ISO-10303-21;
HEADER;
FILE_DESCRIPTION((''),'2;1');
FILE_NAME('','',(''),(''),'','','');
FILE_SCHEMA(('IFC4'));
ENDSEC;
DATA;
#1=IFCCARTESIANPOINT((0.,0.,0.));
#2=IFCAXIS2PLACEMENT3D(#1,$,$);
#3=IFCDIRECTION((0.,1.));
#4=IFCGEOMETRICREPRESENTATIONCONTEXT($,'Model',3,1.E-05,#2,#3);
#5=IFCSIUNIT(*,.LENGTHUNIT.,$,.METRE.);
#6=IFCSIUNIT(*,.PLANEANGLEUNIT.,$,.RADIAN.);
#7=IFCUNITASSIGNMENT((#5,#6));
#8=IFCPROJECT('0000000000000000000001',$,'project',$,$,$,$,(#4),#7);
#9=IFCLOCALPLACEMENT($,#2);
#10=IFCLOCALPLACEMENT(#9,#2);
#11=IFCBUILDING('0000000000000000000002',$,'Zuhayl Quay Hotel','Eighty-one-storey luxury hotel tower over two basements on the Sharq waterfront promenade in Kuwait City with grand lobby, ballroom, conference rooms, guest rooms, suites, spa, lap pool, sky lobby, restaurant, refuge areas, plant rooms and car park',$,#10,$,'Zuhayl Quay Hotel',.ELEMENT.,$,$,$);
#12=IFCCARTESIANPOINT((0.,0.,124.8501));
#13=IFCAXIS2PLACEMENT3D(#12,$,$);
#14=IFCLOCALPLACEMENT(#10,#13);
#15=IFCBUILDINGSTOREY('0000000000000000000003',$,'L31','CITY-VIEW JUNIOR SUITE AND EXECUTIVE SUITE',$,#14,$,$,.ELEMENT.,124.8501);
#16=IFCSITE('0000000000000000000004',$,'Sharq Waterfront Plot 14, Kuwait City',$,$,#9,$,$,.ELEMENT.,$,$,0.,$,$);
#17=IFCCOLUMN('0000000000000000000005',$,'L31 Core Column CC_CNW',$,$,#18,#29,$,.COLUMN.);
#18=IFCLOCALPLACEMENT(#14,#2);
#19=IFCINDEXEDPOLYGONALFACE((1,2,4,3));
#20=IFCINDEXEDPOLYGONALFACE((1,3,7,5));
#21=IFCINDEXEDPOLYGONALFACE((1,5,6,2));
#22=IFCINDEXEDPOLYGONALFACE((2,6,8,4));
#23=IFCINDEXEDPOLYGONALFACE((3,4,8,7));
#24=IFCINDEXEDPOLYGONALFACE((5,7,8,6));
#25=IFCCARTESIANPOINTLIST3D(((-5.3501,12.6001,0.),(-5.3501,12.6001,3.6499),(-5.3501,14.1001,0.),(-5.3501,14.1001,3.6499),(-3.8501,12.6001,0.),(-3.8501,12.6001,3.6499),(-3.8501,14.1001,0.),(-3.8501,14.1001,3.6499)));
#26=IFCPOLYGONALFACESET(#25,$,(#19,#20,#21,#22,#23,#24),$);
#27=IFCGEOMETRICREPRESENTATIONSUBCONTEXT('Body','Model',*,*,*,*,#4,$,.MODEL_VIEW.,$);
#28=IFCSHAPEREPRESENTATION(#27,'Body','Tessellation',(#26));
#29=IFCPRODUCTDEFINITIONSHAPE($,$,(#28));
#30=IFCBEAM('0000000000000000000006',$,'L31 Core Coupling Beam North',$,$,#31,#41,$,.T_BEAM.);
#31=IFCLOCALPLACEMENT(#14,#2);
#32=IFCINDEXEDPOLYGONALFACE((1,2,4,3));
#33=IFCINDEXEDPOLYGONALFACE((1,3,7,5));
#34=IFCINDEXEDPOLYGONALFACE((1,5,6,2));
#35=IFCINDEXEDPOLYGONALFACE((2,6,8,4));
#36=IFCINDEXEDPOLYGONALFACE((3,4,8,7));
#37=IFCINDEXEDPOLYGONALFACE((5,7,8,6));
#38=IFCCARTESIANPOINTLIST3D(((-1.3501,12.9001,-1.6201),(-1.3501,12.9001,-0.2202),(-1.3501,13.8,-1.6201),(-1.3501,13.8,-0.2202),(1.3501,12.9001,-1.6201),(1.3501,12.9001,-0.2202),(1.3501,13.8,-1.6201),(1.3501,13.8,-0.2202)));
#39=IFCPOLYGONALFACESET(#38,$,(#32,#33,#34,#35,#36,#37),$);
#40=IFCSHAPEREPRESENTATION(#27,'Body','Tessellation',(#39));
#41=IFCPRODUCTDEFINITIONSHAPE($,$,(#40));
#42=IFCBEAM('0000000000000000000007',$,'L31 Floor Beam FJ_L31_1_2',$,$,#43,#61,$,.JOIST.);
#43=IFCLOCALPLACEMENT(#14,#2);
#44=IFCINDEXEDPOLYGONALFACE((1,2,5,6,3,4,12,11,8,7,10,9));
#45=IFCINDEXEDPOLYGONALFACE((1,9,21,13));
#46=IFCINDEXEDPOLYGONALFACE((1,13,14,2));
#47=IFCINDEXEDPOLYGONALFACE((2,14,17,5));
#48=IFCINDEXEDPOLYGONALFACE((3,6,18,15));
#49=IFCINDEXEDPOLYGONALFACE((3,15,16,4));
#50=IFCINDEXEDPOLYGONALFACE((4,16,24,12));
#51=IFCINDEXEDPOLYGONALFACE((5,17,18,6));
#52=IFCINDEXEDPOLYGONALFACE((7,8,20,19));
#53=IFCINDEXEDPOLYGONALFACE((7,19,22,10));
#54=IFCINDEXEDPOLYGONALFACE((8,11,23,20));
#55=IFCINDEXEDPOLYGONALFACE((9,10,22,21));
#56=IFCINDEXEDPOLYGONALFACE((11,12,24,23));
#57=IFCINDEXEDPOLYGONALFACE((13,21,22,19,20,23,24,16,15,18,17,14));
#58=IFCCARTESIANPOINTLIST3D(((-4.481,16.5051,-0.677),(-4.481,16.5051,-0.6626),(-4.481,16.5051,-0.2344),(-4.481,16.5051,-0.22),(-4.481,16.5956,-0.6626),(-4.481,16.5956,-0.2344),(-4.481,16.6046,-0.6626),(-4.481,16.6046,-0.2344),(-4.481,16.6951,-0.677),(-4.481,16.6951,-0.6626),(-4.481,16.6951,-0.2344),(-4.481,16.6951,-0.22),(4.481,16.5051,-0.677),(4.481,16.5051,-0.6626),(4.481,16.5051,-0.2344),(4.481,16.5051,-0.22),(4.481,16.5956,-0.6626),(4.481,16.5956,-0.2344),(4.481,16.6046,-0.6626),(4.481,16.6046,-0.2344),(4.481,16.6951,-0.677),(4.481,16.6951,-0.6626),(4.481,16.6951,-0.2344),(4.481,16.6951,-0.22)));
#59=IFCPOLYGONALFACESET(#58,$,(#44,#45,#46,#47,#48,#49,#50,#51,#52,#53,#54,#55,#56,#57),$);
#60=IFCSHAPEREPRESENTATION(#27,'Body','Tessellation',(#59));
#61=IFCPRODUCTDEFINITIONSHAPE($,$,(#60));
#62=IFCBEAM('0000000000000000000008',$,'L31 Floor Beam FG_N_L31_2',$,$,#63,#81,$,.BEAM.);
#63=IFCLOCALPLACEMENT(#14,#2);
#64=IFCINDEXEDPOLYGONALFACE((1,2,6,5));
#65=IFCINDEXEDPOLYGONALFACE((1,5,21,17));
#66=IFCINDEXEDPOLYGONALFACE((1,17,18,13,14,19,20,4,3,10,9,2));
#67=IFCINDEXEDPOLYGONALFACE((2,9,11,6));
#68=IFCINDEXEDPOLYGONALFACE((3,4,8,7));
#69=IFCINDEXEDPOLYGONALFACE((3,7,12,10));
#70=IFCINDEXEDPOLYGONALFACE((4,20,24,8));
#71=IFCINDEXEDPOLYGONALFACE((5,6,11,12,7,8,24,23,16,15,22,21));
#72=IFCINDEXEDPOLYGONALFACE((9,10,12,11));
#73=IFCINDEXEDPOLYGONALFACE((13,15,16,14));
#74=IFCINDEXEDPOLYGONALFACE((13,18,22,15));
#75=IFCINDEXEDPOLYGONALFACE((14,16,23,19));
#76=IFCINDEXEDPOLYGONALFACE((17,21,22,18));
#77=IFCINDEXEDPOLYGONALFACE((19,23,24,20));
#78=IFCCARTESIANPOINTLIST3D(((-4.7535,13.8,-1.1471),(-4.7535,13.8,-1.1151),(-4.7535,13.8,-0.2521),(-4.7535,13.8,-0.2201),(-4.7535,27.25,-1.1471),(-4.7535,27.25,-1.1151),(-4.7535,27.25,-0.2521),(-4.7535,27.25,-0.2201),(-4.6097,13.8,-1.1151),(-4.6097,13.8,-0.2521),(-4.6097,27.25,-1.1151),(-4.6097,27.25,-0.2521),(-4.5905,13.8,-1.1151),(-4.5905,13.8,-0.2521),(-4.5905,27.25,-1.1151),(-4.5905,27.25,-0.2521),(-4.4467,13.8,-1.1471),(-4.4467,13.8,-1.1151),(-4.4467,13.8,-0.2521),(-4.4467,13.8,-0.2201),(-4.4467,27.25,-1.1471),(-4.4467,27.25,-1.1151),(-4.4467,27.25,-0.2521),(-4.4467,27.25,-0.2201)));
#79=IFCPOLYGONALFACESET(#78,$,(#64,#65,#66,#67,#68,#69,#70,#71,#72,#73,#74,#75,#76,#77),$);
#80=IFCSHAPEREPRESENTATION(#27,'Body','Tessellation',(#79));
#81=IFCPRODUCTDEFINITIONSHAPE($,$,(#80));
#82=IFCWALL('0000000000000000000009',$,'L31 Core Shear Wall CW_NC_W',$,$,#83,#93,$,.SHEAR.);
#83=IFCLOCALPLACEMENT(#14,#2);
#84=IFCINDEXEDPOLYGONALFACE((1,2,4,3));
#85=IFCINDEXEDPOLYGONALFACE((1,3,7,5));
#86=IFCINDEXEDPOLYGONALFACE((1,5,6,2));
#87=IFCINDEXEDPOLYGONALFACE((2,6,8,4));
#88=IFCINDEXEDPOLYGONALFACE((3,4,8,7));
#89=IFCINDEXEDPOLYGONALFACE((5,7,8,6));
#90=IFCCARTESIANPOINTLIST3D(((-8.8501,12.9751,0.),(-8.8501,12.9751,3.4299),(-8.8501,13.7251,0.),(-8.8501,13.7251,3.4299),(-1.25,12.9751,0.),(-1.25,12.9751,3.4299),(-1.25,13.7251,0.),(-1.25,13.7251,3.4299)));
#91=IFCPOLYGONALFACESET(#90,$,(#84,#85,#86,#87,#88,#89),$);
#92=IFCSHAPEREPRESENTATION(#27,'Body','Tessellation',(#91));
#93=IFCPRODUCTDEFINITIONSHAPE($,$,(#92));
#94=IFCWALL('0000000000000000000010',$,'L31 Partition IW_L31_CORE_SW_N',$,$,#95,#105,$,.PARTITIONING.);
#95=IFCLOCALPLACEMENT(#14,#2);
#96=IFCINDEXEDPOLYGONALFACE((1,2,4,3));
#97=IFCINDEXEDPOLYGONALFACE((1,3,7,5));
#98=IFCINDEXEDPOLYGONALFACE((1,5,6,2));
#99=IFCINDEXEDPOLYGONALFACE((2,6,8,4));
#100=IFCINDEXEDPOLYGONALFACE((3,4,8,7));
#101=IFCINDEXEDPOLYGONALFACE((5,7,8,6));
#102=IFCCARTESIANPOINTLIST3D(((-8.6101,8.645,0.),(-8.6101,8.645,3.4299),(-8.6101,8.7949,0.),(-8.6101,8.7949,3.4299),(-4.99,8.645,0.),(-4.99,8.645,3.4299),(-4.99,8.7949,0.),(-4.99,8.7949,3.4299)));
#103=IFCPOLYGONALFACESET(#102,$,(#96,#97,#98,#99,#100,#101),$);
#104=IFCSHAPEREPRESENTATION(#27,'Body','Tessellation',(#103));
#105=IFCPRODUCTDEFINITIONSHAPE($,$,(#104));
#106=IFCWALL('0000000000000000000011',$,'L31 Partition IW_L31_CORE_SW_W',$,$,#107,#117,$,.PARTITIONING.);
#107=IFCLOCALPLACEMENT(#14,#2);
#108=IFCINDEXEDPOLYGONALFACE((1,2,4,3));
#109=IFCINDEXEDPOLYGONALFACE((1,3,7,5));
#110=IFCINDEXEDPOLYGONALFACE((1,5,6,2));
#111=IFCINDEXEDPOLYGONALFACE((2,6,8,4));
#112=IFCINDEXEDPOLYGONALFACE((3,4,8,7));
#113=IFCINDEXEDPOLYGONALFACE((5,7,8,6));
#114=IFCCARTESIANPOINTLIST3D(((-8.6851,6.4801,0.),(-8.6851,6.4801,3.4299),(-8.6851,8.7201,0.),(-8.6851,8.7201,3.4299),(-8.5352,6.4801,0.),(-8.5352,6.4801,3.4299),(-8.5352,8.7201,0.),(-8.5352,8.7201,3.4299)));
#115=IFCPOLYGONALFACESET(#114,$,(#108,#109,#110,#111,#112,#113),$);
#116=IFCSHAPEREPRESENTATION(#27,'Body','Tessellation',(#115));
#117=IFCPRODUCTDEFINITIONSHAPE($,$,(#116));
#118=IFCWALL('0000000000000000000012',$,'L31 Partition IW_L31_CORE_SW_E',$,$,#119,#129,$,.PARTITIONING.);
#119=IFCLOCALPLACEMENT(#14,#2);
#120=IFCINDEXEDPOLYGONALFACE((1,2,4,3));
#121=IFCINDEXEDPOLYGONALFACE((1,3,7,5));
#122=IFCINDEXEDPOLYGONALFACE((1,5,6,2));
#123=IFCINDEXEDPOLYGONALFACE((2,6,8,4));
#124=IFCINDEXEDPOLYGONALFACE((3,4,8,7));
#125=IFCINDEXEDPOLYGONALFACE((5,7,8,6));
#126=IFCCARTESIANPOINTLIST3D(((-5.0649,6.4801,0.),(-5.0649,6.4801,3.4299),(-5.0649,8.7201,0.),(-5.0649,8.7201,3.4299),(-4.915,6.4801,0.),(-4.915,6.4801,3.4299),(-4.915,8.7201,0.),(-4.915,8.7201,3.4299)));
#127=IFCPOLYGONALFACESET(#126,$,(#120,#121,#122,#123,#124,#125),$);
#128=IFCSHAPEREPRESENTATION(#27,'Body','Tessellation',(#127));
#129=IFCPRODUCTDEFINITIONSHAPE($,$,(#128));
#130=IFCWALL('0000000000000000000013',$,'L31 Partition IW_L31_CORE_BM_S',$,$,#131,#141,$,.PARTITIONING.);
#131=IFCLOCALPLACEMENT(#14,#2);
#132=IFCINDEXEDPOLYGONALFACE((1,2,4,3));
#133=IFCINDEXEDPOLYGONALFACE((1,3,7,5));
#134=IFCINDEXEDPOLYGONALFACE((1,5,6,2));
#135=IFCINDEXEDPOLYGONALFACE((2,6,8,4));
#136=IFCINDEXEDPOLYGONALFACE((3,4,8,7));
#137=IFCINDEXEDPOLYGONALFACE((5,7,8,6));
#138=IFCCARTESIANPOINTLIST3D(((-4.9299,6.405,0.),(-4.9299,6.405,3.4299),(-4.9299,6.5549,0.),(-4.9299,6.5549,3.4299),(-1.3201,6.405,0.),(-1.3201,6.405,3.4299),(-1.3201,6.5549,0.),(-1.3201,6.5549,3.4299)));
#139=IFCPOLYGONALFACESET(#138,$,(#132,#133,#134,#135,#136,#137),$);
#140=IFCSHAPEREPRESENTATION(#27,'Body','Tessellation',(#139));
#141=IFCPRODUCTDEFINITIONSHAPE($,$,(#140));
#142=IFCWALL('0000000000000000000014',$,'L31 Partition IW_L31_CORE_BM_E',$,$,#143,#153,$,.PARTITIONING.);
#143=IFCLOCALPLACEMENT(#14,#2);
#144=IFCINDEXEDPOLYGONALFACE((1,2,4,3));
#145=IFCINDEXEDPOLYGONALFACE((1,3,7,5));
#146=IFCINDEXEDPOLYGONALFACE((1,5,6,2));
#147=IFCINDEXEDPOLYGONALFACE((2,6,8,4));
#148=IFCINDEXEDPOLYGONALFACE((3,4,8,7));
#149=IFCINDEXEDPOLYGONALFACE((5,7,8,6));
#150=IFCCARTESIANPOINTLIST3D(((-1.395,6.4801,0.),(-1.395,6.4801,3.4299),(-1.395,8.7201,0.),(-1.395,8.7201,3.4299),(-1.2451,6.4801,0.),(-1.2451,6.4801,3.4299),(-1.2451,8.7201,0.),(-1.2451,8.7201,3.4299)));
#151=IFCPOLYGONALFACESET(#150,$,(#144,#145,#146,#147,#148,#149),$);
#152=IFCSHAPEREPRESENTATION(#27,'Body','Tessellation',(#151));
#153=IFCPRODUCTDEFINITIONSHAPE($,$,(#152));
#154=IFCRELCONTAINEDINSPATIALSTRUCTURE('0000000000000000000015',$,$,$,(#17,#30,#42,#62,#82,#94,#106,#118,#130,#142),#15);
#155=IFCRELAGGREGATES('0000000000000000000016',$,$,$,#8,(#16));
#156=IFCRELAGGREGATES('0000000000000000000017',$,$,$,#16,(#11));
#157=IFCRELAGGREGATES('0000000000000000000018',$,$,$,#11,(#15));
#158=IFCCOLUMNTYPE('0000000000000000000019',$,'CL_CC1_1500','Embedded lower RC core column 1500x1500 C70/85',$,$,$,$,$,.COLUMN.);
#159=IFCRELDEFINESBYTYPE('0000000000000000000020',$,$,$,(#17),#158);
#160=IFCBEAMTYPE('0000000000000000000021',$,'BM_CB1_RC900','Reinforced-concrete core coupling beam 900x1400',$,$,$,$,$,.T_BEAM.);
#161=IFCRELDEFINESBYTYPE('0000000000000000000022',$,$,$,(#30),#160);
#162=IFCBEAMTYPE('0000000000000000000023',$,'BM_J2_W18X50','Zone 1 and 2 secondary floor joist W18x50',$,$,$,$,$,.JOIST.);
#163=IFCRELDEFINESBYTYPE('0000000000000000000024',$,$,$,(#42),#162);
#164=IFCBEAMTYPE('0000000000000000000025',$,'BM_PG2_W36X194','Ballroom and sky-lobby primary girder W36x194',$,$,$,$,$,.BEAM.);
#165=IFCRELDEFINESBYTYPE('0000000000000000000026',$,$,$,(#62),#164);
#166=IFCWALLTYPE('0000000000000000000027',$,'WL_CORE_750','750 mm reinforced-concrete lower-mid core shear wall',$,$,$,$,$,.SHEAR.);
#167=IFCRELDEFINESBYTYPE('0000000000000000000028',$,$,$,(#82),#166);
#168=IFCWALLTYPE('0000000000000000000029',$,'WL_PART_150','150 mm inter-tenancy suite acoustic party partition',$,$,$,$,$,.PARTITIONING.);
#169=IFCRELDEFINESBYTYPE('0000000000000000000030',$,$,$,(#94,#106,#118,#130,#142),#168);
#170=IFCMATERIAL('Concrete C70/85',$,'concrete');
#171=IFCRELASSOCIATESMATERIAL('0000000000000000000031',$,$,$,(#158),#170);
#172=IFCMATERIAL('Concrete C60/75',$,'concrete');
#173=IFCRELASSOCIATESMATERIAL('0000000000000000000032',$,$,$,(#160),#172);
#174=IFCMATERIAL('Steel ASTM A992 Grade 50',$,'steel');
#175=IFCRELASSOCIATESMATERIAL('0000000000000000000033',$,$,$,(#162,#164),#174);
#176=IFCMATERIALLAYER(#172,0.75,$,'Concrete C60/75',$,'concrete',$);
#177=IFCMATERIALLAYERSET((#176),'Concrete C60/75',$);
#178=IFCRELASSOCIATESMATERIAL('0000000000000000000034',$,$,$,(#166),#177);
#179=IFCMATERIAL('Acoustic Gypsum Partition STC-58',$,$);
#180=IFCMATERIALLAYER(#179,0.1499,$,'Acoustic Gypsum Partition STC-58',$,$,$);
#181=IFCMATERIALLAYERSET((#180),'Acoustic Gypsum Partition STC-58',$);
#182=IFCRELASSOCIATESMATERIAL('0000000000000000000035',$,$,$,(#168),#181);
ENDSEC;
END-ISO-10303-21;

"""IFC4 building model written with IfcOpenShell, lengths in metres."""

from ifc_helpers import new_model, si_unit, direction, frame, frame_2d, origin, origin_2d, place, context, subcontext, project, spatial, rectangle, i_section, extrude, material, layer, layer_set, material_profile, profile_set, type_object, element, save


model = new_model("IFC4")

# Units and contexts
model_context = context("Model", 3, precision=1e-05, world=origin(), true_north=direction((0.0, 1.0)))
body_context = subcontext(model_context, "Body", "Model", "MODEL_VIEW")
ifc_project = project(units=[si_unit("LENGTHUNIT", "METRE"), si_unit("PLANEANGLEUNIT", "RADIAN")], contexts=[model_context])

# Site, building, storey
site_placement = place(None, origin())
site = spatial("IfcSite", under=ifc_project, at=site_placement, Name="Sharq Waterfront Plot 14, Kuwait City", CompositionType="ELEMENT", RefElevation=0.0)
building_placement = place(site_placement, origin())
building = spatial("IfcBuilding", under=site, at=building_placement, Name="Zuhayl Quay Hotel", Description="Eighty-one-storey luxury hotel tower over two basements on the Sharq waterfront promenade in Kuwait City with grand lobby, ballroom, conference rooms, guest rooms, suites, spa, lap pool, sky lobby, restaurant, refuge areas, plant rooms and car park", LongName="Zuhayl Quay Hotel", CompositionType="ELEMENT")
storey_placement = place(building_placement, frame((0.0, 0.0, 124.8501)))
storey = spatial("IfcBuildingStorey", under=building, at=storey_placement, Name="L31", Description="CITY-VIEW JUNIOR SUITE AND EXECUTIVE SUITE", CompositionType="ELEMENT", Elevation=124.8501)

# Column
ifc_material_1 = material(Name="Concrete C70/85", Category="concrete")
ifc_material_profile_1 = material_profile(ifc_material_1, rectangle(XDim=1.5, YDim=1.5, at=origin_2d()), Name="RC1500X1500")
ifc_profile_set_1 = profile_set([ifc_material_profile_1], Name="Concrete C70/85")
column_type = type_object("IfcColumnType", Name="CL_CC1_1500", Description="Embedded lower RC core column 1500x1500 C70/85", PredefinedType="COLUMN", material=ifc_profile_set_1)
column_placement = place(storey_placement, frame((-4.6001, 13.3501, 0.0), z_axis=(0.0, 0.0, 1.0), x_axis=(1.0, 0.0, 0.0)))
element("IfcColumn", 1, at=column_placement, inside=storey, type_object=column_type, Name="L31 Core Column CC_CNW", PredefinedType="COLUMN", context=body_context, shape_type="SweptSolid", body=[
    extrude(rectangle(XDim=1.5, YDim=1.5, at=origin_2d()), origin(), (0.0, 0.0, 1.0), 3.6499),
])

# Beams
ifc_material_2 = material(Name="Concrete C60/75", Category="concrete")
ifc_material_profile_2 = material_profile(ifc_material_2, rectangle(XDim=0.8999, YDim=1.3999, at=origin_2d()), Name="RC900X1400")
ifc_profile_set_2 = profile_set([ifc_material_profile_2], Name="Concrete C60/75")
beam_type_1 = type_object("IfcBeamType", Name="BM_CB1_RC900", Description="Reinforced-concrete core coupling beam 900x1400", PredefinedType="T_BEAM", material=ifc_profile_set_2)
beam_1_placement = place(storey_placement, frame((-1.3501, 13.3501, -0.9202), z_axis=(1.0, 0.0, 0.0), x_axis=(0.0, 1.0, 0.0)))
element("IfcBeam", 2, at=beam_1_placement, inside=storey, type_object=beam_type_1, Name="L31 Core Coupling Beam North", PredefinedType="T_BEAM", context=body_context, shape_type="SweptSolid", body=[
    extrude(rectangle(XDim=0.8999, YDim=1.3999, at=origin_2d()), origin(), (0.0, 0.0, 1.0), 2.7002),
])
ifc_material_3 = material(Name="Steel ASTM A992 Grade 50", Category="steel")
ifc_material_profile_3 = material_profile(ifc_material_3, i_section(OverallWidth=0.1899, OverallDepth=0.457, WebThickness=0.009, FlangeThickness=0.0144, at=origin_2d()), Name="W18X50")
ifc_profile_set_3 = profile_set([ifc_material_profile_3], Name="Steel ASTM A992 Grade 50")
beam_type_2 = type_object("IfcBeamType", Name="BM_J2_W18X50", Description="Zone 1 and 2 secondary floor joist W18x50", PredefinedType="JOIST", material=ifc_profile_set_3)
beam_2_placement = place(storey_placement, frame((-4.481, 16.6001, -0.4485), z_axis=(1.0, 0.0, 0.0), x_axis=(0.0, 1.0, 0.0)))
element("IfcBeam", 3, at=beam_2_placement, inside=storey, type_object=beam_type_2, Name="L31 Floor Beam FJ_L31_1_2", PredefinedType="JOIST", context=body_context, shape_type="SweptSolid", body=[
    extrude(i_section(OverallWidth=0.1899, OverallDepth=0.457, WebThickness=0.009, FlangeThickness=0.0144, at=origin_2d()), origin(), (0.0, 0.0, 1.0), 8.9619),
])
ifc_material_profile_4 = material_profile(ifc_material_3, i_section(OverallWidth=0.3069, OverallDepth=0.927, WebThickness=0.0193, FlangeThickness=0.032, at=origin_2d()), Name="W36X194")
ifc_profile_set_4 = profile_set([ifc_material_profile_4], Name="Steel ASTM A992 Grade 50")
beam_type_3 = type_object("IfcBeamType", Name="BM_PG2_W36X194", Description="Ballroom and sky-lobby primary girder W36x194", PredefinedType="BEAM", material=ifc_profile_set_4)
beam_3_placement = place(storey_placement, frame((-4.6001, 13.8, -0.6836), z_axis=(0.0, 1.0, 0.0), x_axis=(-1.0, 0.0, 0.0)))
element("IfcBeam", 4, at=beam_3_placement, inside=storey, type_object=beam_type_3, Name="L31 Floor Beam FG_N_L31_2", PredefinedType="BEAM", context=body_context, shape_type="SweptSolid", body=[
    extrude(i_section(OverallWidth=0.3069, OverallDepth=0.927, WebThickness=0.0193, FlangeThickness=0.032, at=origin_2d()), origin(), (0.0, 0.0, 1.0), 13.45),
])

# Wall
ifc_layer_1 = layer(ifc_material_2, 0.75, Name="Concrete C60/75", Category="concrete")
ifc_layer_set_1 = layer_set([ifc_layer_1], Name="Concrete C60/75")
wall_type_1 = type_object("IfcWallType", Name="WL_CORE_750", Description="750 mm reinforced-concrete lower-mid core shear wall", PredefinedType="SHEAR", material=ifc_layer_set_1)
wall_1_placement = place(storey_placement, frame((-8.8501, 13.3501, 0.0), z_axis=(0.0, 0.0, 1.0), x_axis=(1.0, 0.0, 0.0)))
element("IfcWall", 5, at=wall_1_placement, inside=storey, type_object=wall_type_1, Name="L31 Core Shear Wall CW_NC_W", PredefinedType="SHEAR", context=body_context, shape_type="SweptSolid", body=[
    extrude(rectangle(XDim=7.6001, YDim=0.75, at=frame_2d((3.8, 0.0))), origin(), (0.0, 0.0, 1.0), 3.4299),
])

# Shared definitions
ifc_material_4 = material(Name="Acoustic Gypsum Partition STC-58")
ifc_layer_2 = layer(ifc_material_4, 0.1499, Name="Acoustic Gypsum Partition STC-58")
ifc_layer_set_2 = layer_set([ifc_layer_2], Name="Acoustic Gypsum Partition STC-58")
wall_type_2 = type_object("IfcWallType", Name="WL_PART_150", Description="150 mm inter-tenancy suite acoustic party partition", PredefinedType="PARTITIONING", material=ifc_layer_set_2)

# Walls
wall_2_placement = place(storey_placement, frame((-8.6101, 8.72, 0.0), z_axis=(0.0, 0.0, 1.0), x_axis=(1.0, 0.0, 0.0)))
element("IfcWall", 6, at=wall_2_placement, inside=storey, type_object=wall_type_2, Name="L31 Partition IW_L31_CORE_SW_N", PredefinedType="PARTITIONING", context=body_context, shape_type="SweptSolid", body=[
    extrude(rectangle(XDim=3.6201, YDim=0.1499, at=frame_2d((1.8101, 0.0))), origin(), (0.0, 0.0, 1.0), 3.4299),
])
for number, where, z_axis, x_axis, name in (
    (7, (-8.6101, 6.48, 0.0), (0.0, 0.0, 1.0), (0.0, 1.0, 0.0), "L31 Partition IW_L31_CORE_SW_W"),
    (8, (-4.99, 6.48, 0.0), (0.0, 0.0, 1.0), (0.0, 1.0, 0.0), "L31 Partition IW_L31_CORE_SW_E"),
):
    element("IfcWall", number, at=place(storey_placement, frame(where, z_axis=z_axis, x_axis=x_axis)), inside=storey, type_object=wall_type_2, Name=name, PredefinedType="PARTITIONING", context=body_context, shape_type="SweptSolid", body=[
        extrude(rectangle(XDim=2.24, YDim=0.1499, at=frame_2d((1.1201, 0.0))), origin(), (0.0, 0.0, 1.0), 3.4299),
    ])
wall_3_placement = place(storey_placement, frame((-4.9299, 6.48, 0.0), z_axis=(0.0, 0.0, 1.0), x_axis=(1.0, 0.0, 0.0)))
element("IfcWall", 9, at=wall_3_placement, inside=storey, type_object=wall_type_2, Name="L31 Partition IW_L31_CORE_BM_S", PredefinedType="PARTITIONING", context=body_context, shape_type="SweptSolid", body=[
    extrude(rectangle(XDim=3.6099, YDim=0.1499, at=frame_2d((1.8049, 0.0))), origin(), (0.0, 0.0, 1.0), 3.4299),
])
wall_4_placement = place(storey_placement, frame((-1.3201, 6.48, 0.0), z_axis=(0.0, 0.0, 1.0), x_axis=(0.0, 1.0, 0.0)))
element("IfcWall", 10, at=wall_4_placement, inside=storey, type_object=wall_type_2, Name="L31 Partition IW_L31_CORE_BM_E", PredefinedType="PARTITIONING", context=body_context, shape_type="SweptSolid", body=[
    extrude(rectangle(XDim=2.24, YDim=0.1499, at=frame_2d((1.1201, 0.0))), origin(), (0.0, 0.0, 1.0), 3.4299),
])

save(model, "model.ifc")
